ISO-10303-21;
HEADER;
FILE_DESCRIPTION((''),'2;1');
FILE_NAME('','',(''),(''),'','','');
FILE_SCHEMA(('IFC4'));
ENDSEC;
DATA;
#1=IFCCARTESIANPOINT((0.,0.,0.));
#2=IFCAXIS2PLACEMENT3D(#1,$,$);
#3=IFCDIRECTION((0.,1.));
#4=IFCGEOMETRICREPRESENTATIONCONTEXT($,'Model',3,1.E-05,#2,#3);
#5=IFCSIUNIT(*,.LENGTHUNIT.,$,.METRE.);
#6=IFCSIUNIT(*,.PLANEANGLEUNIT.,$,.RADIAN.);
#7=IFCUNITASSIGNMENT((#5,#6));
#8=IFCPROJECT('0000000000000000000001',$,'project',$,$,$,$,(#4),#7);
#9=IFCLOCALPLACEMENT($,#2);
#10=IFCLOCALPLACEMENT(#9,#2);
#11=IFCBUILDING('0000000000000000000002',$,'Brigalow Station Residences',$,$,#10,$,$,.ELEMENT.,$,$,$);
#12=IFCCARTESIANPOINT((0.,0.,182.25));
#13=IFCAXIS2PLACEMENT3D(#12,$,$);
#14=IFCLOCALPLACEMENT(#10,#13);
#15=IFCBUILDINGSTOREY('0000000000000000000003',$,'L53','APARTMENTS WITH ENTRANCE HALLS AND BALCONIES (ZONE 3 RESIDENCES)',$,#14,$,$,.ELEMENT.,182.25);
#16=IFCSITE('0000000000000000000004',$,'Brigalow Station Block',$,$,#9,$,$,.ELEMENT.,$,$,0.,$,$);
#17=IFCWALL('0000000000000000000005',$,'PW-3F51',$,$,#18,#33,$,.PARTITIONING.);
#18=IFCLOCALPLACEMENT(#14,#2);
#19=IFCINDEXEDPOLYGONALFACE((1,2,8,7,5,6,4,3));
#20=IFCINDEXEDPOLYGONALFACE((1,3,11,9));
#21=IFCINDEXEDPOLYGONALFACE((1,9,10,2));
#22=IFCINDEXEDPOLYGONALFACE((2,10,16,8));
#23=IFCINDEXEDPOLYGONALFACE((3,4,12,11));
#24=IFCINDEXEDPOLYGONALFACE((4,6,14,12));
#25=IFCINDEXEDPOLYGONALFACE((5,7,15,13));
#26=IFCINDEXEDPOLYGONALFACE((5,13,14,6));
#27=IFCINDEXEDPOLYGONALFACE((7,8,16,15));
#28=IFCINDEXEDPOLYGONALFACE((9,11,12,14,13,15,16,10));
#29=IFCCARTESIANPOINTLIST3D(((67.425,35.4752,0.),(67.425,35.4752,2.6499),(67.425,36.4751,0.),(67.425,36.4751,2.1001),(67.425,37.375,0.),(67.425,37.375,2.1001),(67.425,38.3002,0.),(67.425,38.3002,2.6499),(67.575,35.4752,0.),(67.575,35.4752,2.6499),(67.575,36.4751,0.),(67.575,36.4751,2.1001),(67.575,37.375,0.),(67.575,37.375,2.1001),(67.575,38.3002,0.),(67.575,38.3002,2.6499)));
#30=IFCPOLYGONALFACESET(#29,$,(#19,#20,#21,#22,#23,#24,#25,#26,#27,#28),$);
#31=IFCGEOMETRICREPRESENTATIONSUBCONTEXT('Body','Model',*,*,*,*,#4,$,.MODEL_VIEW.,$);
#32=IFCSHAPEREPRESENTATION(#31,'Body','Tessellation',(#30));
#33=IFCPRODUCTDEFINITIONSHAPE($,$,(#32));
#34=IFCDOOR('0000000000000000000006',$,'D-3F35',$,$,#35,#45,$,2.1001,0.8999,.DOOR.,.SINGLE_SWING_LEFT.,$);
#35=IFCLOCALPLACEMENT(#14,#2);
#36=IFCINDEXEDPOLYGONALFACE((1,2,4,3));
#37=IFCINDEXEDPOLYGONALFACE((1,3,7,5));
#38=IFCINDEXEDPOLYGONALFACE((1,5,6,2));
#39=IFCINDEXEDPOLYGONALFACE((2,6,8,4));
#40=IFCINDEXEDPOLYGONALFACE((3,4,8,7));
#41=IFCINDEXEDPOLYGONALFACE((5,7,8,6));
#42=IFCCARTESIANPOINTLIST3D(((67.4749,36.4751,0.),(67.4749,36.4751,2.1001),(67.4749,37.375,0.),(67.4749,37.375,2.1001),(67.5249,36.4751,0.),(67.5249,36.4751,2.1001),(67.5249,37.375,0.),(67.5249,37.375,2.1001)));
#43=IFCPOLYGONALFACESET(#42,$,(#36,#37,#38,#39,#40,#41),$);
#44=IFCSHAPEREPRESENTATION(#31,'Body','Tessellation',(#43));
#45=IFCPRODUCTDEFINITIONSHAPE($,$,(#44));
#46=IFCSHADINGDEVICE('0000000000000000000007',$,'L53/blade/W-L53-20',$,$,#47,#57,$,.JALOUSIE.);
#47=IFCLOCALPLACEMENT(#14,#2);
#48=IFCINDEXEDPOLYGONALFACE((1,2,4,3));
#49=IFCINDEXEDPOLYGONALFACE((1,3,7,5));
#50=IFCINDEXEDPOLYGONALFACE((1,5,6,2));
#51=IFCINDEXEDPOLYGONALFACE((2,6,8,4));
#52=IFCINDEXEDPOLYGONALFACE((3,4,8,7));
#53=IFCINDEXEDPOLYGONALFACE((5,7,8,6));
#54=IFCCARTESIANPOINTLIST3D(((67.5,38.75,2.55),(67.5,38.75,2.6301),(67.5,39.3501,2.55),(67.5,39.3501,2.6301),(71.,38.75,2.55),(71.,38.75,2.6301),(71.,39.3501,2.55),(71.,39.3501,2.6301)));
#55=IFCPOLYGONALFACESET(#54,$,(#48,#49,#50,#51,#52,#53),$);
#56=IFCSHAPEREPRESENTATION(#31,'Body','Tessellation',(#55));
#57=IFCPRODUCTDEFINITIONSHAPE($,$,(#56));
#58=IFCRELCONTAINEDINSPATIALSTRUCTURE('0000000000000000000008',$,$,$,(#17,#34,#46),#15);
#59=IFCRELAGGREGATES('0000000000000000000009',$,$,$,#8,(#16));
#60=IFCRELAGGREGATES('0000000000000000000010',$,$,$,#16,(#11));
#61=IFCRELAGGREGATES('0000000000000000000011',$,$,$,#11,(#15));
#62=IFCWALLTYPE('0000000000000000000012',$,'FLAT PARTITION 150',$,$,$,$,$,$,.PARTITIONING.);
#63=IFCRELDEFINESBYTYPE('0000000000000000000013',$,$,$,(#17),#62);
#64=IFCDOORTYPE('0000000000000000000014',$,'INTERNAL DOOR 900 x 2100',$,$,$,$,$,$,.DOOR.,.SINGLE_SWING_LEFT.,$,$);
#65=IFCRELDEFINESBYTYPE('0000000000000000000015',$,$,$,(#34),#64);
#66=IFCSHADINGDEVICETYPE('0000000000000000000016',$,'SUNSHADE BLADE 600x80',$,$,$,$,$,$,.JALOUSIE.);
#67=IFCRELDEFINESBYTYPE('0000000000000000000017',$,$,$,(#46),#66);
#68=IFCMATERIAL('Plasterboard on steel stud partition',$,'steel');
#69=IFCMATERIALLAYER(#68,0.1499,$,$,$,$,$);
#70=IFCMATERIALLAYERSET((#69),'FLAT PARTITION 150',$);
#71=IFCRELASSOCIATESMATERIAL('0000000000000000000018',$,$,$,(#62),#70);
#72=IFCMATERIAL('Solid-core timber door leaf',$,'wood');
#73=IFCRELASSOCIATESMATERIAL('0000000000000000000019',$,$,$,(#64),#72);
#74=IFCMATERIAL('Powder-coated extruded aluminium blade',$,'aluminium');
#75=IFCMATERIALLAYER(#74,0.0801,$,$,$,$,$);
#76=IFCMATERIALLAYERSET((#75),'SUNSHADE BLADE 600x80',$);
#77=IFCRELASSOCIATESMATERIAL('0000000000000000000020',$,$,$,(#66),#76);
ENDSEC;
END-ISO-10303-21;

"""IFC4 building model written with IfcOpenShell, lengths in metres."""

from ifc_helpers import new_model, si_unit, direction, frame, frame_2d, origin, origin_2d, place, context, subcontext, project, spatial, rectangle, extrude, material, layer, layer_set, type_object, element, fill, save


model = new_model("IFC4")

# Units and contexts
model_context = context("Model", 3, precision=1e-05, world=origin(), true_north=direction((0.0, 1.0)))
body_context = subcontext(model_context, "Body", "Model", "MODEL_VIEW")
ifc_project = project(units=[si_unit("LENGTHUNIT", "METRE"), si_unit("PLANEANGLEUNIT", "RADIAN")], contexts=[model_context])

# Site, building, storey
site_placement = place(None, origin())
site = spatial("IfcSite", under=ifc_project, at=site_placement, Name="Brigalow Station Block", CompositionType="ELEMENT", RefElevation=0.0)
building_placement = place(site_placement, origin())
building = spatial("IfcBuilding", under=site, at=building_placement, Name="Brigalow Station Residences", CompositionType="ELEMENT")
storey_placement = place(building_placement, frame((0.0, 0.0, 182.25)))
storey = spatial("IfcBuildingStorey", under=building, at=storey_placement, Name="L53", Description="APARTMENTS WITH ENTRANCE HALLS AND BALCONIES (ZONE 3 RESIDENCES)", CompositionType="ELEMENT", Elevation=182.25)

# Wall, opening, door
ifc_material_1 = material(Name="Plasterboard on steel stud partition", Category="steel")
ifc_layer_1 = layer(ifc_material_1, 0.1499)
ifc_layer_set_1 = layer_set([ifc_layer_1], Name="FLAT PARTITION 150")
wall_type_1 = type_object("IfcWallType", Name="FLAT PARTITION 150", PredefinedType="PARTITIONING", material=ifc_layer_set_1)
wall_1_placement = place(storey_placement, frame((67.5, 35.4751, 0.0), z_axis=(0.0, 0.0, 1.0), x_axis=(0.0, 1.0, 0.0)))
wall_1 = element("IfcWall", 1, at=wall_1_placement, inside=storey, type_object=wall_type_1, Name="PW-3F51", PredefinedType="PARTITIONING", context=body_context, shape_type="SweptSolid", body=[
    extrude(rectangle(XDim=2.825, YDim=0.1499, at=frame_2d((1.4126, 0.0))), origin(), (0.0, 0.0, 1.0), 2.6499),
])
opening_1_placement = place(wall_1_placement, frame((1.0, 0.0, 0.0)))
opening_1 = element("IfcOpeningElement", 2, at=opening_1_placement, cuts=wall_1, PredefinedType="OPENING", context=body_context, shape_type="SweptSolid", body=[
    extrude(rectangle(XDim=0.8999, YDim=2.1001, at=frame_2d((0.45, 1.05))), frame((0.0, 0.085, 0.0), z_axis=(0.0, -1.0, 0.0), x_axis=(1.0, 0.0, 0.0)), (0.0, 0.0, 1.0), 0.1699),
])
ifc_material_2 = material(Name="Solid-core timber door leaf", Category="wood")
door_type = type_object("IfcDoorType", Name="INTERNAL DOOR 900 x 2100", OperationType="SINGLE_SWING_LEFT", PredefinedType="DOOR", material=ifc_material_2)
door_placement = place(opening_1_placement, frame((0.8999, 0.0, 0.0), z_axis=(0.0, 0.0, 1.0), x_axis=(-1.0, 0.0, 0.0)))
door = element("IfcDoor", 3, at=door_placement, inside=storey, type_object=door_type, Name="D-3F35", OperationType="SINGLE_SWING_LEFT", OverallHeight=2.1001, OverallWidth=0.8999, PredefinedType="DOOR", context=body_context, shape_type="SweptSolid", body=[
    extrude(rectangle(XDim=0.8999, YDim=2.1001, at=frame_2d((0.45, 1.05))), frame((0.0, 0.0249, 0.0), z_axis=(0.0, -1.0, 0.0), x_axis=(1.0, 0.0, 0.0)), (0.0, 0.0, 1.0), 0.05),
])
fill(opening_1, door)

# Shading device
ifc_material_3 = material(Name="Powder-coated extruded aluminium blade", Category="aluminium")
ifc_layer_2 = layer(ifc_material_3, 0.0801)
ifc_layer_set_2 = layer_set([ifc_layer_2], Name="SUNSHADE BLADE 600x80")
shading_device_type = type_object("IfcShadingDeviceType", Name="SUNSHADE BLADE 600x80", PredefinedType="JALOUSIE", material=ifc_layer_set_2)
shading_device_placement = place(storey_placement, frame((69.25, 39.05, 2.55), z_axis=(0.0, 0.0, 1.0), x_axis=(-1.0, 0.0, 0.0)))
element("IfcShadingDevice", 4, at=shading_device_placement, inside=storey, type_object=shading_device_type, Name="L53/blade/W-L53-20", PredefinedType="JALOUSIE", context=body_context, shape_type="SweptSolid", body=[
    extrude(rectangle(XDim=3.5, YDim=0.6001, at=origin_2d()), origin(), (0.0, 0.0, 1.0), 0.0801),
])

save(model, "model.ifc")
